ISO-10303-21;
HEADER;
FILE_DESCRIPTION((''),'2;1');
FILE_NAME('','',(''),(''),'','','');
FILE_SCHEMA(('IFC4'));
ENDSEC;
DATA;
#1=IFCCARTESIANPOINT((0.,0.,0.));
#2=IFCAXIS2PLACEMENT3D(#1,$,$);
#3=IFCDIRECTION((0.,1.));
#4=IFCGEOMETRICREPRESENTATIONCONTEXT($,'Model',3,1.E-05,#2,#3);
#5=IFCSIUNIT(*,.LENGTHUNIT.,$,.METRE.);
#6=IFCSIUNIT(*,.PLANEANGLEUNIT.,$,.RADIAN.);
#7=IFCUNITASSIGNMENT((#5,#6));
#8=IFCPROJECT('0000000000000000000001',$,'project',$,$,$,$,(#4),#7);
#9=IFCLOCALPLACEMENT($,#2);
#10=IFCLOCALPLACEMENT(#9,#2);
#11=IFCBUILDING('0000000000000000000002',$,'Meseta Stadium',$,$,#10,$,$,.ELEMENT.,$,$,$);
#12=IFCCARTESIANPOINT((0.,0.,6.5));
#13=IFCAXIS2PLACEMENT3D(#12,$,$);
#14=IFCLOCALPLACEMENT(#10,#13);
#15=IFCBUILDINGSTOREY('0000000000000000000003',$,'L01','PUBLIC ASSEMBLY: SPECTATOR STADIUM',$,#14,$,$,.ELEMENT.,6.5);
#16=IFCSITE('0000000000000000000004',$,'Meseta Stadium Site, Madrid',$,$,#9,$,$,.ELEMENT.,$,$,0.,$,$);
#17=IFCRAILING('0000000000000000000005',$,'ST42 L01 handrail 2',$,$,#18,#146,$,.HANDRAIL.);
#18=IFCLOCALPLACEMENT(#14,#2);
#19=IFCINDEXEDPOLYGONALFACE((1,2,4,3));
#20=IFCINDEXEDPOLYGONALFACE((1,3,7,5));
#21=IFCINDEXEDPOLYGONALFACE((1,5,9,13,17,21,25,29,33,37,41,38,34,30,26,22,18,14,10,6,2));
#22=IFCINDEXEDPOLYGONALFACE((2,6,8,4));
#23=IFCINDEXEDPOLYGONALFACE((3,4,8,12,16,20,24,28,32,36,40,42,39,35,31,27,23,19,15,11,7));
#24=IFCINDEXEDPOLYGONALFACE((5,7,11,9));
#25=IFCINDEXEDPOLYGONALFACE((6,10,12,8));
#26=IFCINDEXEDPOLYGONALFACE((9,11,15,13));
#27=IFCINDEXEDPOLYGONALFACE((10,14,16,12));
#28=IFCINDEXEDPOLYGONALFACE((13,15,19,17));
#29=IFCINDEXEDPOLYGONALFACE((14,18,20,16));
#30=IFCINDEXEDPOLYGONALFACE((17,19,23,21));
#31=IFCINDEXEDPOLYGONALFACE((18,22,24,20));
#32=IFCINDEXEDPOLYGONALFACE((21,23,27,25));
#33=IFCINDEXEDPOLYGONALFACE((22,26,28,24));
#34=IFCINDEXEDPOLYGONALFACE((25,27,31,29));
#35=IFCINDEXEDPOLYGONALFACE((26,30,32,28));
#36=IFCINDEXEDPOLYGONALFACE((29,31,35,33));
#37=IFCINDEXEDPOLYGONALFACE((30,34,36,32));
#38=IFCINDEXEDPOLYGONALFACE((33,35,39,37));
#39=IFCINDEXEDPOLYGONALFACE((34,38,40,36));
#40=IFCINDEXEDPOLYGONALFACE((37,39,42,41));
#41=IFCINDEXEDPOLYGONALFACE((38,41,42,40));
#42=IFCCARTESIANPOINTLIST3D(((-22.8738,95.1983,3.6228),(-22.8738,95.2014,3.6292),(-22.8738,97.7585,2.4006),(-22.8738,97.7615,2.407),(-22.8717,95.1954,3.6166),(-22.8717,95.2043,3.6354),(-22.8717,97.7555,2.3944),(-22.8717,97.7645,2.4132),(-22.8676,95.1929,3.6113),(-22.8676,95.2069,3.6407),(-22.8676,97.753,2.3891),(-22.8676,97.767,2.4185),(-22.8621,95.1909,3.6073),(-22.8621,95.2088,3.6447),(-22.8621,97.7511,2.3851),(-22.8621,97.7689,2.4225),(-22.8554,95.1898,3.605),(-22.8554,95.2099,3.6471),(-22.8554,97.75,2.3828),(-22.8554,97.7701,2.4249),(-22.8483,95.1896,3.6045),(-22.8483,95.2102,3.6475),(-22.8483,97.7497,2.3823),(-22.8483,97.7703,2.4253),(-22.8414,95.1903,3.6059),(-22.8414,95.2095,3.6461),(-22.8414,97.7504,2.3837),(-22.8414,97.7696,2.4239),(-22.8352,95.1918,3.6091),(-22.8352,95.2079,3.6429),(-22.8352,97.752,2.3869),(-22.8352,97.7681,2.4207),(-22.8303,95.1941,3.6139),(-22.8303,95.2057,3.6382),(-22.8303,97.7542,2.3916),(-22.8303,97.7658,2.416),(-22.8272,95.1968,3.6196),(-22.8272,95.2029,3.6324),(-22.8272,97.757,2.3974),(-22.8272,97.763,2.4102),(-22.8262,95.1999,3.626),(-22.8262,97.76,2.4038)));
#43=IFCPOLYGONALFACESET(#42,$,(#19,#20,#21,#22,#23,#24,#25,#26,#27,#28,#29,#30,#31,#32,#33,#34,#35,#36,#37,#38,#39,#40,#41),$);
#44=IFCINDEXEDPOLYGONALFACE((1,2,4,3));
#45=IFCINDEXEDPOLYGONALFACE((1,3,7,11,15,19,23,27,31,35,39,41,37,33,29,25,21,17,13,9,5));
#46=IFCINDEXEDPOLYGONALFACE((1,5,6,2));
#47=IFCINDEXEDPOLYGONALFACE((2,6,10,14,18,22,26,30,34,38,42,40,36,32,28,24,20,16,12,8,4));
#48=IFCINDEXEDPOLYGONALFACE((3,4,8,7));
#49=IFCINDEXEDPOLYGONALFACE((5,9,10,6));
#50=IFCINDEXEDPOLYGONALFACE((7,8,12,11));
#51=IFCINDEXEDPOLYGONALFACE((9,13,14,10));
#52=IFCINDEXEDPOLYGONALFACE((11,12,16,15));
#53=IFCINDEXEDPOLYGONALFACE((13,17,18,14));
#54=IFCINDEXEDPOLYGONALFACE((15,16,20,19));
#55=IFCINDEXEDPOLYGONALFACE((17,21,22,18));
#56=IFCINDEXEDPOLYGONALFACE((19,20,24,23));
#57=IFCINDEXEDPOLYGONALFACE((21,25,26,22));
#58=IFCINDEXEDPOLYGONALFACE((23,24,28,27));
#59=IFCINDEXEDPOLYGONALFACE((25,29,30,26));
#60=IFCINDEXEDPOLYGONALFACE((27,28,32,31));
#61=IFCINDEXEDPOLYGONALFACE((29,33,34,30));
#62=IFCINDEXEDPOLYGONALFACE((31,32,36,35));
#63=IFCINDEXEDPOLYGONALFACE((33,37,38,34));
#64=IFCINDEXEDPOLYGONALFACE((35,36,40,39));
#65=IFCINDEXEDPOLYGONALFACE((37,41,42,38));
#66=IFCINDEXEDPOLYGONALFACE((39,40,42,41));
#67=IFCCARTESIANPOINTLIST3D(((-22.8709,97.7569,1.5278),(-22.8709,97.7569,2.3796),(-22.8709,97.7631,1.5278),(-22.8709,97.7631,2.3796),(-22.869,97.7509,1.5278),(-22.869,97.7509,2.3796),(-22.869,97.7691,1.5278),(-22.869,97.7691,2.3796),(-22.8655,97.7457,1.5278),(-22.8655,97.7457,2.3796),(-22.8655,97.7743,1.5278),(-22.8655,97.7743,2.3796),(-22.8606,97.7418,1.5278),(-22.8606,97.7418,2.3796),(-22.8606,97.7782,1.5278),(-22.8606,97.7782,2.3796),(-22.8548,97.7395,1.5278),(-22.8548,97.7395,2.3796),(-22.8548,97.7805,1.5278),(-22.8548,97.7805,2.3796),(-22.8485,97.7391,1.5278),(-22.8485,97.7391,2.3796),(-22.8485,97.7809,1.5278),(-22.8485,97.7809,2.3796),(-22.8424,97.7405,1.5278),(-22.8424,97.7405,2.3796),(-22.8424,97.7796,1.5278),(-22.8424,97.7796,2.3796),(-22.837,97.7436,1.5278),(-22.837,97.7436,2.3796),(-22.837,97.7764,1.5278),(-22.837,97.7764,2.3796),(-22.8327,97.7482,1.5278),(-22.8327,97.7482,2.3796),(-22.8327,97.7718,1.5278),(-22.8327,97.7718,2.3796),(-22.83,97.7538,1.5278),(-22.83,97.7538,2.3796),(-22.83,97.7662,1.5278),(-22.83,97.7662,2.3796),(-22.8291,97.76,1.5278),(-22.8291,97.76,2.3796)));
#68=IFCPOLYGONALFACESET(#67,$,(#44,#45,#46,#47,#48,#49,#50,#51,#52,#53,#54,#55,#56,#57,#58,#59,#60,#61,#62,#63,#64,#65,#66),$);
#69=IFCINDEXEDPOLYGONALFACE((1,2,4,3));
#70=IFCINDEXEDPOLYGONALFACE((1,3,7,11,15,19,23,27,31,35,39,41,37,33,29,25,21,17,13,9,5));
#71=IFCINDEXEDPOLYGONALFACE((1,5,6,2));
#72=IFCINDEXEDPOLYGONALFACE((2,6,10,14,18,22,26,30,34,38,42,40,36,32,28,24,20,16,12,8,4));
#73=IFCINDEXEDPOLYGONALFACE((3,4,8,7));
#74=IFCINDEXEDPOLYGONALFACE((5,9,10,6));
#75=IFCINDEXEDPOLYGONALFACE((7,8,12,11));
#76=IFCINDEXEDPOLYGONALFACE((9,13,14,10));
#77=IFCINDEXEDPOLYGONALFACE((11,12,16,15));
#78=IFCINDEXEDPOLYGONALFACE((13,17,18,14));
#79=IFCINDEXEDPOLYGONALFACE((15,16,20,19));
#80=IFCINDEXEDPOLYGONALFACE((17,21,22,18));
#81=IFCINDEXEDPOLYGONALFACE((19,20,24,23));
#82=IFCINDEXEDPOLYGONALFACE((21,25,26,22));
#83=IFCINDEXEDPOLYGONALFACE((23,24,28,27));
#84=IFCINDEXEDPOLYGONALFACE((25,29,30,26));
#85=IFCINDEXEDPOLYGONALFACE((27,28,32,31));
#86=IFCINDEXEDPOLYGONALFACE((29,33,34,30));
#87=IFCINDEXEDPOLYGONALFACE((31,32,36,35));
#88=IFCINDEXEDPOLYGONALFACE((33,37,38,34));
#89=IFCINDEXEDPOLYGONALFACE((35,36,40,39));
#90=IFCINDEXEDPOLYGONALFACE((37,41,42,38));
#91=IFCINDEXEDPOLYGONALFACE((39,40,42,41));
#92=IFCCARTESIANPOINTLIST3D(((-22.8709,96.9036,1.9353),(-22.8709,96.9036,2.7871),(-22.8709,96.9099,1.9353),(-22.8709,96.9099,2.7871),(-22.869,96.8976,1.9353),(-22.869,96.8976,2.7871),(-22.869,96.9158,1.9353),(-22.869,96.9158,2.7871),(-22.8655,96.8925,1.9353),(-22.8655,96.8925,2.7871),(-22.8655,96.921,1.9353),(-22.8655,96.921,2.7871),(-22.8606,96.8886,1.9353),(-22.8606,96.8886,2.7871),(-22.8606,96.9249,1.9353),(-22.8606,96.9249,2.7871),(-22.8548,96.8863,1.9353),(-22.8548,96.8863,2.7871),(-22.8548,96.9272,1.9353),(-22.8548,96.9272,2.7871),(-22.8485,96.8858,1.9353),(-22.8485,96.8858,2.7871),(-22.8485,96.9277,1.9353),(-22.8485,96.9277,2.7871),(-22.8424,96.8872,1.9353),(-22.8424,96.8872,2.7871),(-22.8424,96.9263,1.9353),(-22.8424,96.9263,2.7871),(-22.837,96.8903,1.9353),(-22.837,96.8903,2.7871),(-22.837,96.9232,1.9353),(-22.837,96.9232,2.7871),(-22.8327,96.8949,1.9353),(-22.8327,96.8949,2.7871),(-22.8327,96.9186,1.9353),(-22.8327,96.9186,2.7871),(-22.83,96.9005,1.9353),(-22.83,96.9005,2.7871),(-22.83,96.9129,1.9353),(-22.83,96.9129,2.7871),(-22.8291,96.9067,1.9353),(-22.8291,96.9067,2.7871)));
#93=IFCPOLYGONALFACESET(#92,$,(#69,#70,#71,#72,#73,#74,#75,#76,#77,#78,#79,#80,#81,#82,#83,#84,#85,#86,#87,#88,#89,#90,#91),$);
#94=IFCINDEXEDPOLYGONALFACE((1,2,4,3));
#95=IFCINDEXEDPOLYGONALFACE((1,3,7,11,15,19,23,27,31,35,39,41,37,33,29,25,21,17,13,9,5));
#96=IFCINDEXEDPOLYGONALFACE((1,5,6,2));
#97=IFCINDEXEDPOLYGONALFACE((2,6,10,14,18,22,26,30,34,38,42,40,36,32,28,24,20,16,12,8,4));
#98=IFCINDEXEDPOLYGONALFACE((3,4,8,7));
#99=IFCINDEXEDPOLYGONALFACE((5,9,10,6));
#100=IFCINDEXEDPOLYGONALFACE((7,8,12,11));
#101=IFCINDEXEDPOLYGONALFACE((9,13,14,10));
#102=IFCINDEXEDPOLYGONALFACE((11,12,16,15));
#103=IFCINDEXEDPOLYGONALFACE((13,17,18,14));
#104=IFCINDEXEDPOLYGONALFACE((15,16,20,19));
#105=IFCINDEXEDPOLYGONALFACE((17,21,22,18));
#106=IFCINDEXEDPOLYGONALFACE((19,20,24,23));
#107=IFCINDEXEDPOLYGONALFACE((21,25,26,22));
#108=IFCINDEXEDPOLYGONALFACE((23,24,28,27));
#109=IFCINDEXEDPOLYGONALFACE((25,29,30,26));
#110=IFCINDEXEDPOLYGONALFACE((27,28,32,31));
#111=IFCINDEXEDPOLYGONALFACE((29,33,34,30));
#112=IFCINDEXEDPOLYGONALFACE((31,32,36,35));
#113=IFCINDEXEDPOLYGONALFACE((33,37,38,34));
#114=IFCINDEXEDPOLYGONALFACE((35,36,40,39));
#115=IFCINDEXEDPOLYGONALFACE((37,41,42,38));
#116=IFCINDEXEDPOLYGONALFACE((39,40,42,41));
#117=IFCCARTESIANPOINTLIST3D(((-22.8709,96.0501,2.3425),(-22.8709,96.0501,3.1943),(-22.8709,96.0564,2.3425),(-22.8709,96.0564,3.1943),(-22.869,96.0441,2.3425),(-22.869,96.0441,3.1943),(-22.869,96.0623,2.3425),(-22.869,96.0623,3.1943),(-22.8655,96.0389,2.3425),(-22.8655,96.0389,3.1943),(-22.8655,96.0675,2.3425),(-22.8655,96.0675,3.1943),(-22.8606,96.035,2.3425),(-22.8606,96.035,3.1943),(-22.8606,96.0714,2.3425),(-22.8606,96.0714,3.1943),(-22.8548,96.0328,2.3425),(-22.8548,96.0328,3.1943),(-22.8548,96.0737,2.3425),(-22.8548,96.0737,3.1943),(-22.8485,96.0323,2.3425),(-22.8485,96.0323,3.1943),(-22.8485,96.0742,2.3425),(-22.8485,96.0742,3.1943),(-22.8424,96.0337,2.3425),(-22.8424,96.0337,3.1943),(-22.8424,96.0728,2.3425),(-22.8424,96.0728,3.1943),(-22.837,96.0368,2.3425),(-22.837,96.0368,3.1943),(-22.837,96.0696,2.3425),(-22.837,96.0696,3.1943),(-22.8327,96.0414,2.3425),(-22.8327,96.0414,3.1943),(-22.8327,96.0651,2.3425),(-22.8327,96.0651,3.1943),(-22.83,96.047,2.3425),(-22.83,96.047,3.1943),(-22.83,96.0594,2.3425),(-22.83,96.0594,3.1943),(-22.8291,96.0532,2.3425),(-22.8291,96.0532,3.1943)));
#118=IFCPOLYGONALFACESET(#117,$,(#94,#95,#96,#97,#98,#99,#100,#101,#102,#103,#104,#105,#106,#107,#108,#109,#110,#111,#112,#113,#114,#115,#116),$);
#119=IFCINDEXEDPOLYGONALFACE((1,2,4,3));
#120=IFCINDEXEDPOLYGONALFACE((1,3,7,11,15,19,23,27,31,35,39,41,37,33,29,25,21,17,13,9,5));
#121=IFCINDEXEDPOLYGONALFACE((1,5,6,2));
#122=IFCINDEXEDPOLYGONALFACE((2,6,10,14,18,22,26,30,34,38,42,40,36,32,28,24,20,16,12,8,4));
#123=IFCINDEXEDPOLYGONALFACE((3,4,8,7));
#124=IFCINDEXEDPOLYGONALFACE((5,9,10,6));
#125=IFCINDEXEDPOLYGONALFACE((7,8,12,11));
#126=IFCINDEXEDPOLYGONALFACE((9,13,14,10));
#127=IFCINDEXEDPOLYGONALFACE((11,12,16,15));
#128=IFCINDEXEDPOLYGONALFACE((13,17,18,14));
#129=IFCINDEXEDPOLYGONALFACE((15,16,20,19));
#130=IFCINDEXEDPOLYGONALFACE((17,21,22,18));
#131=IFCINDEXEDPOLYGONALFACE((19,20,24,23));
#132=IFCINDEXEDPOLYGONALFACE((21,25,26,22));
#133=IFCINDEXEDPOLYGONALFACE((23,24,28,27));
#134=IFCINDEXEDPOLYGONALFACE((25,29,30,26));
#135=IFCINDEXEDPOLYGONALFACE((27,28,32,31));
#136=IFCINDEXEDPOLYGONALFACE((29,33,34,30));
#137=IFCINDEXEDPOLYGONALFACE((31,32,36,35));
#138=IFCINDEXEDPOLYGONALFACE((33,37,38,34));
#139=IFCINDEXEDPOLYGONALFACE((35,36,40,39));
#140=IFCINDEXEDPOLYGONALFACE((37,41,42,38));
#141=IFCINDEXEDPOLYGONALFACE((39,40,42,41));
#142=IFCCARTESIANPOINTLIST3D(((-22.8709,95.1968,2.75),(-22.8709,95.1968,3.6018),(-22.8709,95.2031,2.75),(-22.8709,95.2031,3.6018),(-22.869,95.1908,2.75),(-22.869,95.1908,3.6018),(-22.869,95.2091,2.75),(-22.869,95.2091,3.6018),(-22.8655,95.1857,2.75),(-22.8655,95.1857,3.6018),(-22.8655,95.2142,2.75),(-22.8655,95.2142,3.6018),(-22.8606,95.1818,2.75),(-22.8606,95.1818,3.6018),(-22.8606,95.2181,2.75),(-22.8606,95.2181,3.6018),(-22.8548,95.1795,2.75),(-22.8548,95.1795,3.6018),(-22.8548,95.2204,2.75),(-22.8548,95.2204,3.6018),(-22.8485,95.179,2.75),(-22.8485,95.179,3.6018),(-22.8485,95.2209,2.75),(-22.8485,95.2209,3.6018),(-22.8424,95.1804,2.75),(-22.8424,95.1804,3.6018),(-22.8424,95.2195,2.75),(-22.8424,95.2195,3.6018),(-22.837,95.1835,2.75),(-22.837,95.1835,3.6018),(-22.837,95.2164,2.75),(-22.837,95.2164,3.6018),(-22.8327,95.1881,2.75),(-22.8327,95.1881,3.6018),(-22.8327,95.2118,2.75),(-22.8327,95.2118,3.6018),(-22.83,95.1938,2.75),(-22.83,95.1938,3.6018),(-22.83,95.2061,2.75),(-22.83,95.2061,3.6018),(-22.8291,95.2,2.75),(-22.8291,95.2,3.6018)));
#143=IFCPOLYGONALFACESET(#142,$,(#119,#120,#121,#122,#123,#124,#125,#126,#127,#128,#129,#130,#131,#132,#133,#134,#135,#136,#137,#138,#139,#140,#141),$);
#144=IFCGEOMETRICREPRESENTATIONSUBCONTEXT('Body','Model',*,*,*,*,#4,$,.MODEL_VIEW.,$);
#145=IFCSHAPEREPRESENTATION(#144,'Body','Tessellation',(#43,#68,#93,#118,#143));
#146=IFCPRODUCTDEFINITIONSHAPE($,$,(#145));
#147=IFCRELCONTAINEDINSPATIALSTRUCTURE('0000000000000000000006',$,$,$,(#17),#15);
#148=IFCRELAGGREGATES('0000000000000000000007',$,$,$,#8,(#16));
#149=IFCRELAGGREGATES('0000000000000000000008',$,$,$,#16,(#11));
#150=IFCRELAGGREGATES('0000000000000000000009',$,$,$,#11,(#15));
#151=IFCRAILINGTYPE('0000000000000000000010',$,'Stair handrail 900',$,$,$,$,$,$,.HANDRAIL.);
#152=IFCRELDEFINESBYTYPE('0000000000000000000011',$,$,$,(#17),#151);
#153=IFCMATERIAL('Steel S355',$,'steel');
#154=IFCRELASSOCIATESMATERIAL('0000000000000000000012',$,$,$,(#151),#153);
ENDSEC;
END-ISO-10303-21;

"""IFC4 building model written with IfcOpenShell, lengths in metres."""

from ifc_helpers import new_model, si_unit, direction, frame, origin, origin_2d, place, context, subcontext, project, spatial, circle, extrude, material, type_object, element, save


model = new_model("IFC4")

# Units and contexts
model_context = context("Model", 3, precision=1e-05, world=origin(), true_north=direction((0.0, 1.0)))
body_context = subcontext(model_context, "Body", "Model", "MODEL_VIEW")
ifc_project = project(units=[si_unit("LENGTHUNIT", "METRE"), si_unit("PLANEANGLEUNIT", "RADIAN")], contexts=[model_context])

# Site, building, storey
site_placement = place(None, origin())
site = spatial("IfcSite", under=ifc_project, at=site_placement, Name="Meseta Stadium Site, Madrid", CompositionType="ELEMENT", RefElevation=0.0)
building_placement = place(site_placement, origin())
building = spatial("IfcBuilding", under=site, at=building_placement, Name="Meseta Stadium", CompositionType="ELEMENT")
storey_placement = place(building_placement, frame((0.0, 0.0, 6.5)))
storey = spatial("IfcBuildingStorey", under=building, at=storey_placement, Name="L01", Description="PUBLIC ASSEMBLY: SPECTATOR STADIUM", CompositionType="ELEMENT", Elevation=6.5)

# Railing
ifc_material_1 = material(Name="Steel S355", Category="steel")
railing_type_1 = type_object("IfcRailingType", Name="Stair handrail 900", PredefinedType="HANDRAIL", material=ifc_material_1)
for number, where, name in (
    (1, (-22.8501, 97.76, 1.5278), "ST42 L01 handrail 2"),
):
    element("IfcRailing", number, at=place(storey_placement, frame(where)), inside=storey, type_object=railing_type_1, Name=name, PredefinedType="HANDRAIL", context=body_context, shape_type="SweptSolid", body=[
        extrude(circle(Radius=0.0239, at=origin_2d()), frame((0.0, 0.0, 0.876), z_axis=(0.0, -0.902437, 0.430822), x_axis=(1.0, 0.0, 0.0)), (0.0, 0.0, 1.0), 2.8369),
        extrude(circle(Radius=0.021, at=origin_2d()), origin(), (0.0, 0.0, 1.0), 0.8518),
        extrude(circle(Radius=0.021, at=origin_2d()), frame((0.0, -0.8533, 0.4075)), (0.0, 0.0, 1.0), 0.8518),
        extrude(circle(Radius=0.021, at=origin_2d()), frame((0.0, -1.7068, 0.8147)), (0.0, 0.0, 1.0), 0.8518),
        extrude(circle(Radius=0.021, at=origin_2d()), frame((0.0, -2.5601, 1.2222)), (0.0, 0.0, 1.0), 0.8518),
    ])

save(model, "model.ifc")
